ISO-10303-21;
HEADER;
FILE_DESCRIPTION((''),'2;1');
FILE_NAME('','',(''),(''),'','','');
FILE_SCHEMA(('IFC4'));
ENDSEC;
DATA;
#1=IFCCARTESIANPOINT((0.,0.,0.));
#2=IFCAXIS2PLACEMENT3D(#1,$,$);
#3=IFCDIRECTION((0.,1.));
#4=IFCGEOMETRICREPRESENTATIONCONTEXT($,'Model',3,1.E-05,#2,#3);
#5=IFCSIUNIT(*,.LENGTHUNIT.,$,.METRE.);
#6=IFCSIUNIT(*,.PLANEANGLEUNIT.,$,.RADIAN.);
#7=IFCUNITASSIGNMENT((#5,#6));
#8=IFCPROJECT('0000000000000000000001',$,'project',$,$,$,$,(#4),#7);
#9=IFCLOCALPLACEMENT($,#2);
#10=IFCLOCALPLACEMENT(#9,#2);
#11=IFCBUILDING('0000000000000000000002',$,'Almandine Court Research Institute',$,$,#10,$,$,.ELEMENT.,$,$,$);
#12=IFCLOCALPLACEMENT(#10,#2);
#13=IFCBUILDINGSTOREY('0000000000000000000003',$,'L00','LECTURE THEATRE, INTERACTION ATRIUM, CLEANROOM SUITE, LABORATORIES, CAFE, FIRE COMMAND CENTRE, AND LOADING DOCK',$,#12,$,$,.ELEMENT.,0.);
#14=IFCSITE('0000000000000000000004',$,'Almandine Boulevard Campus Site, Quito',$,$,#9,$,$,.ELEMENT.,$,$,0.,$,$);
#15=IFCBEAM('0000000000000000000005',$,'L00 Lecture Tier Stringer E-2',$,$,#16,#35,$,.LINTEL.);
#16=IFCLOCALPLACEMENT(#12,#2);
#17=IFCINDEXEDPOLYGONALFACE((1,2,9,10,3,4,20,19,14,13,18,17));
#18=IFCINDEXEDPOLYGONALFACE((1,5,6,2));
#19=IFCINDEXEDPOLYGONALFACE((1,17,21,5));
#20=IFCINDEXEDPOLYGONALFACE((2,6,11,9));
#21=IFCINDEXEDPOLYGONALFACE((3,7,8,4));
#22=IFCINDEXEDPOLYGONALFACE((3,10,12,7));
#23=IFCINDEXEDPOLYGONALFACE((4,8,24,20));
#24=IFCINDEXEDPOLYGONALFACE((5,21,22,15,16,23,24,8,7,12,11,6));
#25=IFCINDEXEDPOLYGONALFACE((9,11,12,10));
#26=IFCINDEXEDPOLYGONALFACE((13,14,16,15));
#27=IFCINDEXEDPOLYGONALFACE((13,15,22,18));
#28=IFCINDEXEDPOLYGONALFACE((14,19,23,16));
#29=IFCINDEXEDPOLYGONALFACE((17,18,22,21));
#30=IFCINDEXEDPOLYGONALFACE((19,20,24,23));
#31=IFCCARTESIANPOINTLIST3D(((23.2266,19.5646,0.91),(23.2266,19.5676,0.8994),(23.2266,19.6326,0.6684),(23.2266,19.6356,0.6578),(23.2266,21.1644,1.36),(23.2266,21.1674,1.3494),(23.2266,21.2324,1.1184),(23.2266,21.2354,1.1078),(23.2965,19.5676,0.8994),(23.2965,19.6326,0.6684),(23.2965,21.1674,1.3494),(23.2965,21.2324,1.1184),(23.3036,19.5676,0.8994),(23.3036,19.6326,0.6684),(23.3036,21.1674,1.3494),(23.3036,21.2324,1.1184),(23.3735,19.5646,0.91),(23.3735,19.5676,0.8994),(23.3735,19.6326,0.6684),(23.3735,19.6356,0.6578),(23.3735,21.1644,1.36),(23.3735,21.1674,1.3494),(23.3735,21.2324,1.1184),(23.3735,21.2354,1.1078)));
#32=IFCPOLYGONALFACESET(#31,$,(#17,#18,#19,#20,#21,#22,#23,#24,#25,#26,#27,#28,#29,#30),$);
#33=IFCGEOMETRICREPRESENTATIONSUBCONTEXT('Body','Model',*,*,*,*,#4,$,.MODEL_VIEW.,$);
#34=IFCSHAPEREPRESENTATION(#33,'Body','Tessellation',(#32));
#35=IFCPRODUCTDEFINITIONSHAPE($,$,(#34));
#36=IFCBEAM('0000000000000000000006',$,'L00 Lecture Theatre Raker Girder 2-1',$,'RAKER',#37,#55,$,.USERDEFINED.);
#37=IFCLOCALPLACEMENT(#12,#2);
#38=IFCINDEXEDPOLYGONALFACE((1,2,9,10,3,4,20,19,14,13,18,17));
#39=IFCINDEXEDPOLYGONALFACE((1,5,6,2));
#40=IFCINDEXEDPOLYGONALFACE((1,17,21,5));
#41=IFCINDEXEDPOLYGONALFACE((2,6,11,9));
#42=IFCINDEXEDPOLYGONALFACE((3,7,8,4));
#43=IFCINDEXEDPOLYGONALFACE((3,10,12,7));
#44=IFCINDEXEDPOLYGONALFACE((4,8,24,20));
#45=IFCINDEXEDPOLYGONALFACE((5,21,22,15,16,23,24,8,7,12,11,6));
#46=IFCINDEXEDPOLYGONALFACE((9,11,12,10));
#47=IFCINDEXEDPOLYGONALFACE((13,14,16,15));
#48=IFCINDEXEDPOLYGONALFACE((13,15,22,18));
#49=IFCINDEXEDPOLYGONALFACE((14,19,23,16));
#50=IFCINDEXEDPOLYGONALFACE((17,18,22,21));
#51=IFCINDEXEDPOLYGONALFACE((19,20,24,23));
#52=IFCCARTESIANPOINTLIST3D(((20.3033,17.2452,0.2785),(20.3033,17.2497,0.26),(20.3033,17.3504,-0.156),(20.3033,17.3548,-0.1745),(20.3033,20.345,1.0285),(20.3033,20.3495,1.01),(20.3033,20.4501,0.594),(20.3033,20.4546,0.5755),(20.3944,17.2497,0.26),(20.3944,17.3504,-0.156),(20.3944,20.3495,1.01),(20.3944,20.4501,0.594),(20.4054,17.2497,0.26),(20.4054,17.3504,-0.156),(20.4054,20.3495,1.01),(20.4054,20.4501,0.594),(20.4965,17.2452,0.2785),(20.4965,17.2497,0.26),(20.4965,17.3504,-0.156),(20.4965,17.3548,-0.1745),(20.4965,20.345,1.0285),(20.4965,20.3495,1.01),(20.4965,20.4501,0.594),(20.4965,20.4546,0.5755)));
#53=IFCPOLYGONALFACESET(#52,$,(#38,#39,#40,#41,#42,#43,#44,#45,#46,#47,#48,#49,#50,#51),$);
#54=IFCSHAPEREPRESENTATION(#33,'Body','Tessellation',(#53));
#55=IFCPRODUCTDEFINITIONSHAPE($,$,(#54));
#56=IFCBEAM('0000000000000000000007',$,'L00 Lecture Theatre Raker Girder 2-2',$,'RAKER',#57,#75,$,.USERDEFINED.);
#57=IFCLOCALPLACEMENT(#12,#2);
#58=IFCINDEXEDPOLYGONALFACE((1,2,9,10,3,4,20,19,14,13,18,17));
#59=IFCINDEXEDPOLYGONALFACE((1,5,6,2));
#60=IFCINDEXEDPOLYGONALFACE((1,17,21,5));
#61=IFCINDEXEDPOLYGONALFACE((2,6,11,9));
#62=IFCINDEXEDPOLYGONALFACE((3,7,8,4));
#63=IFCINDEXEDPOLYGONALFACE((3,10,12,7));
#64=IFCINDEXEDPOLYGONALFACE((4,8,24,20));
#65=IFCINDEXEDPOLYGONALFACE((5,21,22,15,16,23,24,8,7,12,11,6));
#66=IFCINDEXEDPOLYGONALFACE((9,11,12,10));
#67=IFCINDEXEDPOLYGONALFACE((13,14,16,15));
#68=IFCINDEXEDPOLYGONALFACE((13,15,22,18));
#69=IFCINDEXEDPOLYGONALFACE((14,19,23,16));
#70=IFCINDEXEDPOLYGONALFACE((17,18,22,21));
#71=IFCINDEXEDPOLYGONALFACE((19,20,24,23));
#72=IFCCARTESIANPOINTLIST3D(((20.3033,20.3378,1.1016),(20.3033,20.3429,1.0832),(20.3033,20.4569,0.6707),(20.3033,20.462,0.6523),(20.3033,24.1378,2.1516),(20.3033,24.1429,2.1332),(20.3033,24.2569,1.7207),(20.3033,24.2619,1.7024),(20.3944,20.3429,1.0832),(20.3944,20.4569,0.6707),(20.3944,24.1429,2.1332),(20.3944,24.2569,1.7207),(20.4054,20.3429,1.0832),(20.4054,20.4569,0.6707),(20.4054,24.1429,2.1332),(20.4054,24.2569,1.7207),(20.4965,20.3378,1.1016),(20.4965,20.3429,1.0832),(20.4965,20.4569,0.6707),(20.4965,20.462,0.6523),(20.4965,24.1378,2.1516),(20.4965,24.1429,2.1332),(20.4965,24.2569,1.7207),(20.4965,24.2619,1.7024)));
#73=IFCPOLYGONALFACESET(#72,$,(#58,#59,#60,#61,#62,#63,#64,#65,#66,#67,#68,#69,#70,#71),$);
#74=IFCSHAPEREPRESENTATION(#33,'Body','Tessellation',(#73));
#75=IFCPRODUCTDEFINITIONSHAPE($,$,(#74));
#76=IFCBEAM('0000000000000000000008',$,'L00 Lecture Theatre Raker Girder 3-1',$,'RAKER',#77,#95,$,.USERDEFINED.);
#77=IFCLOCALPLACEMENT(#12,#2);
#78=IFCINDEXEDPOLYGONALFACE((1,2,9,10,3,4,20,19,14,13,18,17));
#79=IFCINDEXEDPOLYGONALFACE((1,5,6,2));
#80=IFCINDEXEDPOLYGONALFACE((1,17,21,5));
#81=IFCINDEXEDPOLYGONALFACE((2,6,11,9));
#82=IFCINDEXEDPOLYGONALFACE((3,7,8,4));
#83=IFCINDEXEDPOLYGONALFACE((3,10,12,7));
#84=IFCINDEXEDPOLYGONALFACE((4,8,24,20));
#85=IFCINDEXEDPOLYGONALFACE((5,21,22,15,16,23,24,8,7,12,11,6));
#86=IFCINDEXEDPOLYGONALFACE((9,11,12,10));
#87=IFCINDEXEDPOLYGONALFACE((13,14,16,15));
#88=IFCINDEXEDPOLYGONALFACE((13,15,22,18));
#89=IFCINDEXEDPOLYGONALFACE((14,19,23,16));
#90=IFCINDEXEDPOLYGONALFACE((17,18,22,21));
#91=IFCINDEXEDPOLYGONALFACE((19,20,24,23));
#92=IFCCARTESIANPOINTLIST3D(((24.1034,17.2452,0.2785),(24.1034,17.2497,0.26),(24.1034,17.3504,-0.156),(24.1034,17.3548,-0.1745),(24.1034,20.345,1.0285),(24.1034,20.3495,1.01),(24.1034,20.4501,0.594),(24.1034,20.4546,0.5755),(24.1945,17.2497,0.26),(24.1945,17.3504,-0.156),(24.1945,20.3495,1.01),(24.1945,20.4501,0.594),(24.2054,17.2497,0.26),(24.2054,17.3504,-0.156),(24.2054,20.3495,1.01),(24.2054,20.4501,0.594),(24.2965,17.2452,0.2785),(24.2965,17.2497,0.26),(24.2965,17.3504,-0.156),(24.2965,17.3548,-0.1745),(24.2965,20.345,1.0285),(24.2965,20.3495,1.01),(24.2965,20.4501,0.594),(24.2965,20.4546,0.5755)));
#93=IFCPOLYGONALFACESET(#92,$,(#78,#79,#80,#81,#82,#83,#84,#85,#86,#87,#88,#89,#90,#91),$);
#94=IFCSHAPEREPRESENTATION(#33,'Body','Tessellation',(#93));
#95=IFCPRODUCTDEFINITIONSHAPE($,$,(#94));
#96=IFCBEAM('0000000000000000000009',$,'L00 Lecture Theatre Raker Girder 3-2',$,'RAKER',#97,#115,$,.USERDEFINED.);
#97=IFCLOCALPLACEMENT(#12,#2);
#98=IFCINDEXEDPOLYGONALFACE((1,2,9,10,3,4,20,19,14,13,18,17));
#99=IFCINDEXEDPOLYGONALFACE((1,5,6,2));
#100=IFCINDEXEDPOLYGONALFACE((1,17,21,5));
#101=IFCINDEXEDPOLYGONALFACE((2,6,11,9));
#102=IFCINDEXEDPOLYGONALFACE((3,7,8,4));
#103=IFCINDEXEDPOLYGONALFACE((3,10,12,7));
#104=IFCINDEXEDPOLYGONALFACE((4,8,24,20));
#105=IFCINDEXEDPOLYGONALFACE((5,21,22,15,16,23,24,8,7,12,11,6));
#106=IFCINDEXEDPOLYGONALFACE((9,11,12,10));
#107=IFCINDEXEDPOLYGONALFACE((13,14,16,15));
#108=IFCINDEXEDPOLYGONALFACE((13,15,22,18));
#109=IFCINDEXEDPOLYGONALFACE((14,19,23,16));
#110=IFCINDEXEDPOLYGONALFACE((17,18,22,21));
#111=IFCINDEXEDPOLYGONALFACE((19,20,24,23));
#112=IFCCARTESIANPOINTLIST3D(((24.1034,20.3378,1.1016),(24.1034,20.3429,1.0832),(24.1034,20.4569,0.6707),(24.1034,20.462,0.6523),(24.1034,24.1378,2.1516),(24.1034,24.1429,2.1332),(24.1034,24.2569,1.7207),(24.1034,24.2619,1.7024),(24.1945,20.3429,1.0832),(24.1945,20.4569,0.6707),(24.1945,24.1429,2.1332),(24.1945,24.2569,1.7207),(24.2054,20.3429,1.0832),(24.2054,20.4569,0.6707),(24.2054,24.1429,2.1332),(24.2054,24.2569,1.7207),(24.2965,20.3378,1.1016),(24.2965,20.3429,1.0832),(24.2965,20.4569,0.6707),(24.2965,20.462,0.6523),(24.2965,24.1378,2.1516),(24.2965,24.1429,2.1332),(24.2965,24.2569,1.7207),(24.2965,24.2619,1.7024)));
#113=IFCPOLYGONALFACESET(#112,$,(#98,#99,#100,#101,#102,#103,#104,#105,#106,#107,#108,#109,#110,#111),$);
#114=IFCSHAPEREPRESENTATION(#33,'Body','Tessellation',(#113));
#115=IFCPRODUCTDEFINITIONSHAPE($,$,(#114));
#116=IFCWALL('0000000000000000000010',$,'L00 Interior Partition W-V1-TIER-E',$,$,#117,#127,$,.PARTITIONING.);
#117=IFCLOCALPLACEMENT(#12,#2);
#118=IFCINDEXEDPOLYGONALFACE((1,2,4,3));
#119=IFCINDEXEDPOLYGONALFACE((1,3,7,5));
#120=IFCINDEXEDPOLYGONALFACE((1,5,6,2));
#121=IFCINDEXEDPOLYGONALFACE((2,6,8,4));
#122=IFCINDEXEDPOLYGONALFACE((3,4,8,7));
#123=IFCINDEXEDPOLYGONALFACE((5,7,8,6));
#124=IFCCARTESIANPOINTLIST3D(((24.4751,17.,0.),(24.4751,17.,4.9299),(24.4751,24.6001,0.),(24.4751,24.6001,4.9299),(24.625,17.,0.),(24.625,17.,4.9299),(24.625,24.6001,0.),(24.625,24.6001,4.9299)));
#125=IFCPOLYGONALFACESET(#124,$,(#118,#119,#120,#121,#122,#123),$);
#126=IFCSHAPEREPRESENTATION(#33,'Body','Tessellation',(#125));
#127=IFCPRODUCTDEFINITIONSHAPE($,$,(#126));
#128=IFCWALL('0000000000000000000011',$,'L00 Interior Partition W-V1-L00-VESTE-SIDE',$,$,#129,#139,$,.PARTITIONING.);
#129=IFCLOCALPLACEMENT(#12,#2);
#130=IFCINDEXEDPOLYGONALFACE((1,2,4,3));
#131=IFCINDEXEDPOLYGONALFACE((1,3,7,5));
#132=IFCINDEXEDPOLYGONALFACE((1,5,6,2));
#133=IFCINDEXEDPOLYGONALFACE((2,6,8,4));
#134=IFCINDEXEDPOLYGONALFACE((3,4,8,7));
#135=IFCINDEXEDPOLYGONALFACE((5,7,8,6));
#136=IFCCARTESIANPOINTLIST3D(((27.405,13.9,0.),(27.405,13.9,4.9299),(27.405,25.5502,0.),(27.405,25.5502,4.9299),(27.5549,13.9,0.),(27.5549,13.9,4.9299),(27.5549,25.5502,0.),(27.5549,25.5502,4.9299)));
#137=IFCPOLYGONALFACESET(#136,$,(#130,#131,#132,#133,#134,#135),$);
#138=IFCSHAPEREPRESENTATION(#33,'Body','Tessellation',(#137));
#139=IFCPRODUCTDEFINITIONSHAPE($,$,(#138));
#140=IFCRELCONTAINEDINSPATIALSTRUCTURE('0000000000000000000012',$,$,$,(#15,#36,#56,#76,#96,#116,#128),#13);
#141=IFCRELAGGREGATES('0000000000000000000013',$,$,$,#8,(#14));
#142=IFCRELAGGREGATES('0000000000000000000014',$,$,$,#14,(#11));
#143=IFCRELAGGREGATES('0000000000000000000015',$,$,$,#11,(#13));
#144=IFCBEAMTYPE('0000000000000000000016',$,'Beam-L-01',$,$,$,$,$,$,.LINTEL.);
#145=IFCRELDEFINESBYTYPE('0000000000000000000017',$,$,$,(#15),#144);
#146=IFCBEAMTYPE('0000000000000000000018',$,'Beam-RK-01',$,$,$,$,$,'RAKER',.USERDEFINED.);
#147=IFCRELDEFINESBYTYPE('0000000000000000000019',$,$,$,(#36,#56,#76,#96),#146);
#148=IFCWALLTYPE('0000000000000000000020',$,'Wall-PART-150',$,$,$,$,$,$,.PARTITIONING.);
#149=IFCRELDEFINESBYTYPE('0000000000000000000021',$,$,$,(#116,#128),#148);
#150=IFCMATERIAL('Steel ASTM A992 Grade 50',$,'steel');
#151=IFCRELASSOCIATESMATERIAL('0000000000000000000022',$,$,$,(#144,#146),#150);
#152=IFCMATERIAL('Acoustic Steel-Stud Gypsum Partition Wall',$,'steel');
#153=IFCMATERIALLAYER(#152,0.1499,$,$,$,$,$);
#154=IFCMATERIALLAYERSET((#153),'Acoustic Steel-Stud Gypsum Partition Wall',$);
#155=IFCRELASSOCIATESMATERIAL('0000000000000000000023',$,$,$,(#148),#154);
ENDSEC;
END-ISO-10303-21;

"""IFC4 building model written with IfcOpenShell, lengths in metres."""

from ifc_helpers import new_model, si_unit, direction, frame, frame_2d, origin, origin_2d, place, context, subcontext, project, spatial, rectangle, i_section, extrude, material, layer, layer_set, material_profile, profile_set, type_object, element, save


model = new_model("IFC4")

# Units and contexts
model_context = context("Model", 3, precision=1e-05, world=origin(), true_north=direction((0.0, 1.0)))
body_context = subcontext(model_context, "Body", "Model", "MODEL_VIEW")
ifc_project = project(units=[si_unit("LENGTHUNIT", "METRE"), si_unit("PLANEANGLEUNIT", "RADIAN")], contexts=[model_context])

# Site, building, storey
site_placement = place(None, origin())
site = spatial("IfcSite", under=ifc_project, at=site_placement, Name="Almandine Boulevard Campus Site, Quito", CompositionType="ELEMENT", RefElevation=0.0)
building_placement = place(site_placement, origin())
building = spatial("IfcBuilding", under=site, at=building_placement, Name="Almandine Court Research Institute", CompositionType="ELEMENT")
storey_placement = place(building_placement, origin())
storey = spatial("IfcBuildingStorey", under=building, at=storey_placement, Name="L00", Description="LECTURE THEATRE, INTERACTION ATRIUM, CLEANROOM SUITE, LABORATORIES, CAFE, FIRE COMMAND CENTRE, AND LOADING DOCK", CompositionType="ELEMENT", Elevation=0.0)

# Shared definitions
ifc_material_1 = material(Name="Steel ASTM A992 Grade 50", Category="steel")

# Beams
ifc_material_profile_1 = material_profile(ifc_material_1, i_section(OverallWidth=0.147, OverallDepth=0.262, WebThickness=0.0071, FlangeThickness=0.011, at=origin_2d()), Name="W250x39")
ifc_profile_set_1 = profile_set([ifc_material_profile_1], Name="Steel ASTM A992 Grade 50")
beam_type_1 = type_object("IfcBeamType", Name="Beam-L-01", PredefinedType="LINTEL", material=ifc_profile_set_1)
beam_1_placement = place(storey_placement, frame((23.3, 19.6001, 0.7839), z_axis=(0.0, 0.962652, 0.270741), x_axis=(-1.0, 0.0, 0.0)))
element("IfcBeam", 1, at=beam_1_placement, inside=storey, type_object=beam_type_1, Name="L00 Lecture Tier Stringer E-2", PredefinedType="LINTEL", context=body_context, shape_type="SweptSolid", body=[
    extrude(i_section(OverallWidth=0.147, OverallDepth=0.262, WebThickness=0.0071, FlangeThickness=0.011, at=origin_2d()), origin(), (0.0, 0.0, 1.0), 1.6619),
])
ifc_material_profile_2 = material_profile(ifc_material_1, i_section(OverallWidth=0.1931, OverallDepth=0.4661, WebThickness=0.011, FlangeThickness=0.019, at=origin_2d()), Name="W460x97")
ifc_profile_set_2 = profile_set([ifc_material_profile_2], Name="Steel ASTM A992 Grade 50")
beam_type_2 = type_object("IfcBeamType", Name="Beam-RK-01", ElementType="RAKER", PredefinedType="USERDEFINED", material=ifc_profile_set_2)
beam_2_placement = place(storey_placement, frame((20.3999, 17.3, 0.052), z_axis=(0.0, 0.971956, 0.235162), x_axis=(-1.0, 0.0, 0.0)))
element("IfcBeam", 2, at=beam_2_placement, inside=storey, type_object=beam_type_2, Name="L00 Lecture Theatre Raker Girder 2-1", ObjectType="RAKER", PredefinedType="USERDEFINED", context=body_context, shape_type="SweptSolid", body=[
    extrude(i_section(OverallWidth=0.1931, OverallDepth=0.4661, WebThickness=0.011, FlangeThickness=0.019, at=origin_2d()), origin(), (0.0, 0.0, 1.0), 3.1892),
])
beam_3_placement = place(storey_placement, frame((20.3999, 20.3999, 0.877), z_axis=(0.0, 0.963878, 0.266344), x_axis=(-1.0, 0.0, 0.0)))
element("IfcBeam", 3, at=beam_3_placement, inside=storey, type_object=beam_type_2, Name="L00 Lecture Theatre Raker Girder 2-2", ObjectType="RAKER", PredefinedType="USERDEFINED", context=body_context, shape_type="SweptSolid", body=[
    extrude(i_section(OverallWidth=0.1931, OverallDepth=0.4661, WebThickness=0.011, FlangeThickness=0.019, at=origin_2d()), origin(), (0.0, 0.0, 1.0), 3.9424),
])
beam_4_placement = place(storey_placement, frame((24.2, 17.3, 0.052), z_axis=(0.0, 0.971956, 0.235162), x_axis=(-1.0, 0.0, 0.0)))
element("IfcBeam", 4, at=beam_4_placement, inside=storey, type_object=beam_type_2, Name="L00 Lecture Theatre Raker Girder 3-1", ObjectType="RAKER", PredefinedType="USERDEFINED", context=body_context, shape_type="SweptSolid", body=[
    extrude(i_section(OverallWidth=0.1931, OverallDepth=0.4661, WebThickness=0.011, FlangeThickness=0.019, at=origin_2d()), origin(), (0.0, 0.0, 1.0), 3.1892),
])
beam_5_placement = place(storey_placement, frame((24.2, 20.3999, 0.877), z_axis=(0.0, 0.963878, 0.266344), x_axis=(-1.0, 0.0, 0.0)))
element("IfcBeam", 5, at=beam_5_placement, inside=storey, type_object=beam_type_2, Name="L00 Lecture Theatre Raker Girder 3-2", ObjectType="RAKER", PredefinedType="USERDEFINED", context=body_context, shape_type="SweptSolid", body=[
    extrude(i_section(OverallWidth=0.1931, OverallDepth=0.4661, WebThickness=0.011, FlangeThickness=0.019, at=origin_2d()), origin(), (0.0, 0.0, 1.0), 3.9424),
])

# Walls
ifc_material_2 = material(Name="Acoustic Steel-Stud Gypsum Partition Wall", Category="steel")
ifc_layer = layer(ifc_material_2, 0.1499)
ifc_layer_set = layer_set([ifc_layer], Name="Acoustic Steel-Stud Gypsum Partition Wall")
wall_type = type_object("IfcWallType", Name="Wall-PART-150", PredefinedType="PARTITIONING", material=ifc_layer_set)
wall_1_placement = place(storey_placement, frame((24.55, 17.0, 0.0), z_axis=(0.0, 0.0, 1.0), x_axis=(0.0, 1.0, 0.0)))
element("IfcWall", 6, at=wall_1_placement, inside=storey, type_object=wall_type, Name="L00 Interior Partition W-V1-TIER-E", PredefinedType="PARTITIONING", context=body_context, shape_type="SweptSolid", body=[
    extrude(rectangle(XDim=7.6001, YDim=0.1499, at=frame_2d((3.8, 0.0))), origin(), (0.0, 0.0, 1.0), 4.9299),
])
wall_2_placement = place(storey_placement, frame((27.48, 13.8999, 0.0), z_axis=(0.0, 0.0, 1.0), x_axis=(0.0, 1.0, 0.0)))
element("IfcWall", 7, at=wall_2_placement, inside=storey, type_object=wall_type, Name="L00 Interior Partition W-V1-L00-VESTE-SIDE", PredefinedType="PARTITIONING", context=body_context, shape_type="SweptSolid", body=[
    extrude(rectangle(XDim=11.6501, YDim=0.1499, at=frame_2d((5.8252, 0.0))), origin(), (0.0, 0.0, 1.0), 4.9299),
])

save(model, "model.ifc")
